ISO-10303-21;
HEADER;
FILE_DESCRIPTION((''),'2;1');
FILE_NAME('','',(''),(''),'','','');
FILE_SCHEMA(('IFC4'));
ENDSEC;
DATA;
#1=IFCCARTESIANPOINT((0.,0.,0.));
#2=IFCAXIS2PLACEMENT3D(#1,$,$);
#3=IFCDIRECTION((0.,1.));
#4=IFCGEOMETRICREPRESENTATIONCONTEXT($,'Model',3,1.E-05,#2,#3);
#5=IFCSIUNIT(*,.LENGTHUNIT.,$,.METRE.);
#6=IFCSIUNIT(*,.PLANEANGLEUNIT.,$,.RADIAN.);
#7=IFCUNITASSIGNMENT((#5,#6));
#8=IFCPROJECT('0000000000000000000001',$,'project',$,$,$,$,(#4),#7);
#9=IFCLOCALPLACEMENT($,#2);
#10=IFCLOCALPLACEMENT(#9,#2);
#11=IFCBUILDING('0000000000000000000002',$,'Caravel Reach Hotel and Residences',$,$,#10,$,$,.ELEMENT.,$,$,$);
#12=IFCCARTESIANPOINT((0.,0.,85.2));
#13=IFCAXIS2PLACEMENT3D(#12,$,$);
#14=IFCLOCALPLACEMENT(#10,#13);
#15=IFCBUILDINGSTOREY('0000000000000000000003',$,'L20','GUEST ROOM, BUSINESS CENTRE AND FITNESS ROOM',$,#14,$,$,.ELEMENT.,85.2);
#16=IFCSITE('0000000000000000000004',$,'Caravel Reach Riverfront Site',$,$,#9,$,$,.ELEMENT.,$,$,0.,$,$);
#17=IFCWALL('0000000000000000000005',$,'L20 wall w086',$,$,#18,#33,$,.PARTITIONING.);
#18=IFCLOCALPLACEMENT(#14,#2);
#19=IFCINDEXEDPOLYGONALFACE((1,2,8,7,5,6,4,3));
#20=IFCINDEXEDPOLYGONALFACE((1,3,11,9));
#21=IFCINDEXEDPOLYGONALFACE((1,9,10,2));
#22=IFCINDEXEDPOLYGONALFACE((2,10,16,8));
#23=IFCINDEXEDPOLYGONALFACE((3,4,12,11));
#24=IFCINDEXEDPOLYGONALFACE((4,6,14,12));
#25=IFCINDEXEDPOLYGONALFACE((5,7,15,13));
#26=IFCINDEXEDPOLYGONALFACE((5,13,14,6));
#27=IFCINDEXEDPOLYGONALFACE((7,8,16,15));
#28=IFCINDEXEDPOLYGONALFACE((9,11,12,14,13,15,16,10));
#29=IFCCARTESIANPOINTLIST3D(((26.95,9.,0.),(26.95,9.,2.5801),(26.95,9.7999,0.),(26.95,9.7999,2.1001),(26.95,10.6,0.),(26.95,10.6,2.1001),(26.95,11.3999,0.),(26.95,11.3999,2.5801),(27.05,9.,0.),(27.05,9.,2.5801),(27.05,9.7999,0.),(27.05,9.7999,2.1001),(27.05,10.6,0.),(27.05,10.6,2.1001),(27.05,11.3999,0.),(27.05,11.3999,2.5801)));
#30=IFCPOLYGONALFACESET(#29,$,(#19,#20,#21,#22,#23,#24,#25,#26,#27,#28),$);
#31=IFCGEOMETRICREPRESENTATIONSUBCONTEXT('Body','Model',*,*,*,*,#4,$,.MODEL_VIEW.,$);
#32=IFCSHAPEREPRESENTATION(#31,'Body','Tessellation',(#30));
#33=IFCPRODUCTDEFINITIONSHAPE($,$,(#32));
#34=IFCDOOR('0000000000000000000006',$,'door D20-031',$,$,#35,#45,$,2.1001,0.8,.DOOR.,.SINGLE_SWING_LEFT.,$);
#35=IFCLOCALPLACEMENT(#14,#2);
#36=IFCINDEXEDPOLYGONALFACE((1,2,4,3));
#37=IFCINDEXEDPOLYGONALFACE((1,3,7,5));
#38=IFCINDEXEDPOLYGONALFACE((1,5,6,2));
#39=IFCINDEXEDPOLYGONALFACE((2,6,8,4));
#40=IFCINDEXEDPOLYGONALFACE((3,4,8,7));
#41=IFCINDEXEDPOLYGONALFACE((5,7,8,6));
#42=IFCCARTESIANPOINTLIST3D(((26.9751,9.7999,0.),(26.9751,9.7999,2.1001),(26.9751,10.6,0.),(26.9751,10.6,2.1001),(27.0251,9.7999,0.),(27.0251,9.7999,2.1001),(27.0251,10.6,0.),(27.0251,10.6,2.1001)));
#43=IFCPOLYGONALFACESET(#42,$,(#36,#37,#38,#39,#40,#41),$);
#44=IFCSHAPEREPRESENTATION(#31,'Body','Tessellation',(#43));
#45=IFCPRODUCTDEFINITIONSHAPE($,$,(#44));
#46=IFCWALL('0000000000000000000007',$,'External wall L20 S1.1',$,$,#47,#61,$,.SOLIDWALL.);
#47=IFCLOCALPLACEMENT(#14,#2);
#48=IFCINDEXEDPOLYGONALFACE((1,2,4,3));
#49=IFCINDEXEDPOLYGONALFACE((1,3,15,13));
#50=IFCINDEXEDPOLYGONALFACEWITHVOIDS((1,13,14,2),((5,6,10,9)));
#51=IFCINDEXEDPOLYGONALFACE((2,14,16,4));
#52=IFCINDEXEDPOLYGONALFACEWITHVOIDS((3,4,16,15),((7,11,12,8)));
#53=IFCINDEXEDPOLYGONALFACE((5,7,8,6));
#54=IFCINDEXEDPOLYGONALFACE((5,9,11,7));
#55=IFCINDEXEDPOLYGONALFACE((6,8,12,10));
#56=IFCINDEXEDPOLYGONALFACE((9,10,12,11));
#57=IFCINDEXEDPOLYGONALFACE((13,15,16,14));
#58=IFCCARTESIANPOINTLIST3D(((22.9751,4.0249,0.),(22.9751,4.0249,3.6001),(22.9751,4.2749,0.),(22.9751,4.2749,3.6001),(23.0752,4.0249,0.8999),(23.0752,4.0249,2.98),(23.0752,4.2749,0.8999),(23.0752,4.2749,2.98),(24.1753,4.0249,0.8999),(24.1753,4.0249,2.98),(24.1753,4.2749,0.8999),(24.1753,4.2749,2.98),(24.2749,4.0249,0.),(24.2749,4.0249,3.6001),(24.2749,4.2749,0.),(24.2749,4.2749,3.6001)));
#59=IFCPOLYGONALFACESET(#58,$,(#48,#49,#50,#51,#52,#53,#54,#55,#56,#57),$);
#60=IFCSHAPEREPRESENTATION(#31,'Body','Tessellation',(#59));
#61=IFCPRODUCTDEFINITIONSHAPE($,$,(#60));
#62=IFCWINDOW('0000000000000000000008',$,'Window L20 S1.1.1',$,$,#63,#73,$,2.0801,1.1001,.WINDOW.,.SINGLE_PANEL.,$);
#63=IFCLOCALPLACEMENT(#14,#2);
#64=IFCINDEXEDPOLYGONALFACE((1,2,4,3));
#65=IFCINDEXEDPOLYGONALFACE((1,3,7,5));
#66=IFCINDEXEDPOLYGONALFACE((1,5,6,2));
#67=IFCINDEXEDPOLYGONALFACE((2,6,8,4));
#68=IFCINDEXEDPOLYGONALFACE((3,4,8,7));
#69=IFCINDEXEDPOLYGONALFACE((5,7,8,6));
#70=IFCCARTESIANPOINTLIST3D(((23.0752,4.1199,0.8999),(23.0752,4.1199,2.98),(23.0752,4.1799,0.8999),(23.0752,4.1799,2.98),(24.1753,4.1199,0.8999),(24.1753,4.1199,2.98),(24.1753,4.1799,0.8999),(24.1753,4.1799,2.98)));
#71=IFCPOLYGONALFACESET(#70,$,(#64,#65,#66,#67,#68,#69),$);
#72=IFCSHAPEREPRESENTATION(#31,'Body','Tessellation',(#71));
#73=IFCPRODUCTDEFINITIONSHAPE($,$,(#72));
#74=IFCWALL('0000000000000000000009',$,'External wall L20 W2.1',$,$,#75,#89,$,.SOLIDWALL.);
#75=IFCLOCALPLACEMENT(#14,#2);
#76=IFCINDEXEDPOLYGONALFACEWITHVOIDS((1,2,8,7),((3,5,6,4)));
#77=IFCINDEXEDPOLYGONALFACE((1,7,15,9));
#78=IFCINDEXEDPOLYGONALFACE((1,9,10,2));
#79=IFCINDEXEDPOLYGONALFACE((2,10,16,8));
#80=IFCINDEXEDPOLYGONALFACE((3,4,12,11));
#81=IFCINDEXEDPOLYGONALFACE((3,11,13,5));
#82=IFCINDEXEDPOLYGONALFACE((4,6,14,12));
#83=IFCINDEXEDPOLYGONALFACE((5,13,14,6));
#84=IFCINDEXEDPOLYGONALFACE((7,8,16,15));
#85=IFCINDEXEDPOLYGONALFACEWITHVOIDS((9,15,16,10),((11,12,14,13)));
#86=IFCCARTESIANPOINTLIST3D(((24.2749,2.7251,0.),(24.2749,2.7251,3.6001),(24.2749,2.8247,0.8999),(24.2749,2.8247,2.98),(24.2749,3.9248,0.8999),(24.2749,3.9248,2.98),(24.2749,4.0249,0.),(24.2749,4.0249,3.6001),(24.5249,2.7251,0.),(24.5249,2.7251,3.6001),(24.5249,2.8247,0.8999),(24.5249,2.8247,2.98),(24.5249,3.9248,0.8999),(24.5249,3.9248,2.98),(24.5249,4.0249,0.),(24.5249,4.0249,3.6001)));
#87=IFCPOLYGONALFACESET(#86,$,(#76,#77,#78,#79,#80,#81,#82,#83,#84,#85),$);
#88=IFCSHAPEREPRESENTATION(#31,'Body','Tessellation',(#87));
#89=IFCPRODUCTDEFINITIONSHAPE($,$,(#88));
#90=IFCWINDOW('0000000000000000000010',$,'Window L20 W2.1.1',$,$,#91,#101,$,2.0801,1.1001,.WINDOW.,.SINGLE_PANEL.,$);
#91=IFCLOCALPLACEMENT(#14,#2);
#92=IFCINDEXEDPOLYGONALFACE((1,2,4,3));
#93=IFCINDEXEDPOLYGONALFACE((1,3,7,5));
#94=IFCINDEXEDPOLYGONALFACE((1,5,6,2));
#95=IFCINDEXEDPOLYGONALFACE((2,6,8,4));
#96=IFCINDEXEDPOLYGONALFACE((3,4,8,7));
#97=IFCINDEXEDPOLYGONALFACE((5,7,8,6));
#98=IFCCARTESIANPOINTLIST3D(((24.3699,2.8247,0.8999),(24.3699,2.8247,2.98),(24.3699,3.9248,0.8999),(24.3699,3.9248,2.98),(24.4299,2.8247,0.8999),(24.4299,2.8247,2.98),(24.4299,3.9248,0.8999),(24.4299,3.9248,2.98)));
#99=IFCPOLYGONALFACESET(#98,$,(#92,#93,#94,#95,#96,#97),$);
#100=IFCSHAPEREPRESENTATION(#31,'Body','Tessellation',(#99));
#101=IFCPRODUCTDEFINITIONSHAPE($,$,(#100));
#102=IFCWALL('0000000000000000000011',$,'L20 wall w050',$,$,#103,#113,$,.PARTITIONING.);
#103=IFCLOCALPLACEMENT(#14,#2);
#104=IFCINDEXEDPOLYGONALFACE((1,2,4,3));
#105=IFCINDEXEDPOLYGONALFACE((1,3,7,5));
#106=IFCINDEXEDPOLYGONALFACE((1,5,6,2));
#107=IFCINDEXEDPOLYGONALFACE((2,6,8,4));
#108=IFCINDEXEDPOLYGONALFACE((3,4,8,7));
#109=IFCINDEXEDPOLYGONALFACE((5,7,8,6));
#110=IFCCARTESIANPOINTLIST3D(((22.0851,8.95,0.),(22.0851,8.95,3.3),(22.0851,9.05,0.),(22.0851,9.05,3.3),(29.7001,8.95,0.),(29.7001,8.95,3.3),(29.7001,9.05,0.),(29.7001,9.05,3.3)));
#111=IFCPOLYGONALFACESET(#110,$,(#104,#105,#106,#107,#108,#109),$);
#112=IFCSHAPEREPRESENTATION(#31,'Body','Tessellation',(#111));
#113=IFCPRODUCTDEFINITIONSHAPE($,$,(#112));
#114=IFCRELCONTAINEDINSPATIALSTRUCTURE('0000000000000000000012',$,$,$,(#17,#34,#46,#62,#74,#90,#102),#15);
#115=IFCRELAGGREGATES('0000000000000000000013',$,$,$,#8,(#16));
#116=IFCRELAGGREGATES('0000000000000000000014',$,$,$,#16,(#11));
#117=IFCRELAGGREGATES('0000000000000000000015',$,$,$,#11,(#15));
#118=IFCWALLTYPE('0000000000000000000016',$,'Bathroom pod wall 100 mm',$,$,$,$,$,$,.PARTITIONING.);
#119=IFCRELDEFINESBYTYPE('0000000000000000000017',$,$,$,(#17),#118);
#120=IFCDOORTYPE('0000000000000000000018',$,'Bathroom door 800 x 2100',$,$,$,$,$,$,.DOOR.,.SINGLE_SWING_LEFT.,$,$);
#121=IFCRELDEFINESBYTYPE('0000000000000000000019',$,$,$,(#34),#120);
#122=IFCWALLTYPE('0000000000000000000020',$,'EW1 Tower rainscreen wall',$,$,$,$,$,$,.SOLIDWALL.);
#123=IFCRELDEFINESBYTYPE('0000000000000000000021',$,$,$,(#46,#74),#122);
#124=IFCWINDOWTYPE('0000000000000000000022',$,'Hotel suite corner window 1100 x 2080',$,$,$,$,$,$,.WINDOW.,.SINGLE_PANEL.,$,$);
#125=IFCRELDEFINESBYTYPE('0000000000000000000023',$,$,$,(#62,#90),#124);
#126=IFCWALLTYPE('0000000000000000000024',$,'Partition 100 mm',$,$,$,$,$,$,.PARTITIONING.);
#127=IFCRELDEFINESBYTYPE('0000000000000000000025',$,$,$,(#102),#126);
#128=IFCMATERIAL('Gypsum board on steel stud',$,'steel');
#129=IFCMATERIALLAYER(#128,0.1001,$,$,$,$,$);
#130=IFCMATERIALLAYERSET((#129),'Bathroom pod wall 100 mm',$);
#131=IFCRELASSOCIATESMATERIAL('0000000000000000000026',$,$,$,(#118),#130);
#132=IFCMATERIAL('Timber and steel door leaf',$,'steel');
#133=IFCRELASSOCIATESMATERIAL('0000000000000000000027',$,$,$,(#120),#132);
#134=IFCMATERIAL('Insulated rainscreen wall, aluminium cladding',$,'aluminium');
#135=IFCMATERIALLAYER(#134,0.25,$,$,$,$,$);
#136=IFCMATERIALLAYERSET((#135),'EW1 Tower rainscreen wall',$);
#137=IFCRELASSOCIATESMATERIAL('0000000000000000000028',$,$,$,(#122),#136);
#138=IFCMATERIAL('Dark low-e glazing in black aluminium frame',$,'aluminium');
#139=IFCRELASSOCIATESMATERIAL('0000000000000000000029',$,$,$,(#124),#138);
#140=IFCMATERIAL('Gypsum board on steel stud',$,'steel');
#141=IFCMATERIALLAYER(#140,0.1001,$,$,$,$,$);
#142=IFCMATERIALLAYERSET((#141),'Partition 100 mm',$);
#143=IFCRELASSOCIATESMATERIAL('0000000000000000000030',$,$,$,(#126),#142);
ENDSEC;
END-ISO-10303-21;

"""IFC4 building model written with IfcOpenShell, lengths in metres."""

from ifc_helpers import new_model, si_unit, direction, frame, frame_2d, origin, place, context, subcontext, project, spatial, rectangle, extrude, material, layer, layer_set, type_object, element, fill, save


model = new_model("IFC4")

# Units and contexts
model_context = context("Model", 3, precision=1e-05, world=origin(), true_north=direction((0.0, 1.0)))
body_context = subcontext(model_context, "Body", "Model", "MODEL_VIEW")
ifc_project = project(units=[si_unit("LENGTHUNIT", "METRE"), si_unit("PLANEANGLEUNIT", "RADIAN")], contexts=[model_context])

# Site, building, storey
site_placement = place(None, origin())
site = spatial("IfcSite", under=ifc_project, at=site_placement, Name="Caravel Reach Riverfront Site", CompositionType="ELEMENT", RefElevation=0.0)
building_placement = place(site_placement, origin())
building = spatial("IfcBuilding", under=site, at=building_placement, Name="Caravel Reach Hotel and Residences", CompositionType="ELEMENT")
storey_placement = place(building_placement, frame((0.0, 0.0, 85.2)))
storey = spatial("IfcBuildingStorey", under=building, at=storey_placement, Name="L20", Description="GUEST ROOM, BUSINESS CENTRE AND FITNESS ROOM", CompositionType="ELEMENT", Elevation=85.2)

# Wall, opening, door
ifc_material_1 = material(Name="Gypsum board on steel stud", Category="steel")
ifc_layer_1 = layer(ifc_material_1, 0.1001)
ifc_layer_set_1 = layer_set([ifc_layer_1], Name="Bathroom pod wall 100 mm")
wall_type_1 = type_object("IfcWallType", Name="Bathroom pod wall 100 mm", PredefinedType="PARTITIONING", material=ifc_layer_set_1)
wall_1_placement = place(storey_placement, frame((27.0, 9.0, 0.0), z_axis=(0.0, 0.0, 1.0), x_axis=(0.0, 1.0, 0.0)))
wall_1 = element("IfcWall", 1, at=wall_1_placement, inside=storey, type_object=wall_type_1, Name="L20 wall w086", PredefinedType="PARTITIONING", context=body_context, shape_type="SweptSolid", body=[
    extrude(rectangle(XDim=2.3999, YDim=0.1001, at=frame_2d((1.2, 0.0))), origin(), (0.0, 0.0, 1.0), 2.5801),
])
opening_1_placement = place(wall_1_placement, frame((0.8, 0.0, 0.0)))
opening_1 = element("IfcOpeningElement", 2, at=opening_1_placement, cuts=wall_1, PredefinedType="OPENING", context=body_context, shape_type="SweptSolid", body=[
    extrude(rectangle(XDim=0.8, YDim=2.1001, at=frame_2d((0.3999, 1.05))), frame((0.0, 0.0601, 0.0), z_axis=(0.0, -1.0, 0.0), x_axis=(1.0, 0.0, 0.0)), (0.0, 0.0, 1.0), 0.1201),
])
ifc_material_2 = material(Name="Timber and steel door leaf", Category="steel")
door_type = type_object("IfcDoorType", Name="Bathroom door 800 x 2100", OperationType="SINGLE_SWING_LEFT", PredefinedType="DOOR", material=ifc_material_2)
door_placement = place(opening_1_placement, origin())
door = element("IfcDoor", 3, at=door_placement, inside=storey, type_object=door_type, Name="door D20-031", OperationType="SINGLE_SWING_LEFT", OverallHeight=2.1001, OverallWidth=0.8, PredefinedType="DOOR", context=body_context, shape_type="SweptSolid", body=[
    extrude(rectangle(XDim=0.8, YDim=2.1001, at=frame_2d((0.3999, 1.05))), frame((0.0, 0.0249, 0.0), z_axis=(0.0, -1.0, 0.0), x_axis=(1.0, 0.0, 0.0)), (0.0, 0.0, 1.0), 0.05),
])
fill(opening_1, door)

# Walls, openings, windows
ifc_material_3 = material(Name="Insulated rainscreen wall, aluminium cladding", Category="aluminium")
ifc_layer_2 = layer(ifc_material_3, 0.25)
ifc_layer_set_2 = layer_set([ifc_layer_2], Name="EW1 Tower rainscreen wall")
wall_type_2 = type_object("IfcWallType", Name="EW1 Tower rainscreen wall", PredefinedType="SOLIDWALL", material=ifc_layer_set_2)
wall_2_placement = place(storey_placement, frame((22.9751, 4.1499, 0.0), z_axis=(0.0, 0.0, 1.0), x_axis=(1.0, 0.0, 0.0)))
wall_2 = element("IfcWall", 4, at=wall_2_placement, inside=storey, type_object=wall_type_2, Name="External wall L20 S1.1", PredefinedType="SOLIDWALL", context=body_context, shape_type="SweptSolid", body=[
    extrude(rectangle(XDim=1.2998, YDim=0.25, at=frame_2d((0.6499, 0.0))), origin(), (0.0, 0.0, 1.0), 3.6001),
])
opening_2_placement = place(wall_2_placement, frame((0.1001, 0.0, 0.8999)))
opening_2 = element("IfcOpeningElement", 5, at=opening_2_placement, cuts=wall_2, PredefinedType="OPENING", context=body_context, shape_type="SweptSolid", body=[
    extrude(rectangle(XDim=1.1001, YDim=2.0801, at=frame_2d((0.55, 1.04))), frame((0.0, 0.135, 0.0), z_axis=(0.0, -1.0, 0.0), x_axis=(1.0, 0.0, 0.0)), (0.0, 0.0, 1.0), 0.27),
])
ifc_material_4 = material(Name="Dark low-e glazing in black aluminium frame", Category="aluminium")
window_type = type_object("IfcWindowType", Name="Hotel suite corner window 1100 x 2080", PartitioningType="SINGLE_PANEL", PredefinedType="WINDOW", material=ifc_material_4)
window_1_placement = place(opening_2_placement, origin())
window_1 = element("IfcWindow", 6, at=window_1_placement, inside=storey, type_object=window_type, Name="Window L20 S1.1.1", OverallHeight=2.0801, OverallWidth=1.1001, PartitioningType="SINGLE_PANEL", PredefinedType="WINDOW", context=body_context, shape_type="SweptSolid", body=[
    extrude(rectangle(XDim=1.1001, YDim=2.0801, at=frame_2d((0.55, 1.04))), frame((0.0, 0.03, 0.0), z_axis=(0.0, -1.0, 0.0), x_axis=(1.0, 0.0, 0.0)), (0.0, 0.0, 1.0), 0.0601),
])
fill(opening_2, window_1)
wall_3_placement = place(storey_placement, frame((24.3999, 4.0249, 0.0), z_axis=(0.0, 0.0, 1.0), x_axis=(0.0, -1.0, 0.0)))
wall_3 = element("IfcWall", 7, at=wall_3_placement, inside=storey, type_object=wall_type_2, Name="External wall L20 W2.1", PredefinedType="SOLIDWALL", context=body_context, shape_type="SweptSolid", body=[
    extrude(rectangle(XDim=1.2998, YDim=0.25, at=frame_2d((0.6499, 0.0))), origin(), (0.0, 0.0, 1.0), 3.6001),
])
opening_3_placement = place(wall_3_placement, frame((0.1001, 0.0, 0.8999)))
opening_3 = element("IfcOpeningElement", 8, at=opening_3_placement, cuts=wall_3, PredefinedType="OPENING", context=body_context, shape_type="SweptSolid", body=[
    extrude(rectangle(XDim=1.1001, YDim=2.0801, at=frame_2d((0.55, 1.04))), frame((0.0, 0.135, 0.0), z_axis=(0.0, -1.0, 0.0), x_axis=(1.0, 0.0, 0.0)), (0.0, 0.0, 1.0), 0.27),
])
window_2_placement = place(opening_3_placement, origin())
window_2 = element("IfcWindow", 9, at=window_2_placement, inside=storey, type_object=window_type, Name="Window L20 W2.1.1", OverallHeight=2.0801, OverallWidth=1.1001, PartitioningType="SINGLE_PANEL", PredefinedType="WINDOW", context=body_context, shape_type="SweptSolid", body=[
    extrude(rectangle(XDim=1.1001, YDim=2.0801, at=frame_2d((0.55, 1.04))), frame((0.0, 0.03, 0.0), z_axis=(0.0, -1.0, 0.0), x_axis=(1.0, 0.0, 0.0)), (0.0, 0.0, 1.0), 0.0601),
])
fill(opening_3, window_2)

# Wall
ifc_material_5 = material(Name="Gypsum board on steel stud", Category="steel")
ifc_layer_3 = layer(ifc_material_5, 0.1001)
ifc_layer_set_3 = layer_set([ifc_layer_3], Name="Partition 100 mm")
wall_type_3 = type_object("IfcWallType", Name="Partition 100 mm", PredefinedType="PARTITIONING", material=ifc_layer_set_3)
wall_4_placement = place(storey_placement, frame((22.085, 9.0, 0.0), z_axis=(0.0, 0.0, 1.0), x_axis=(1.0, 0.0, 0.0)))
element("IfcWall", 10, at=wall_4_placement, inside=storey, type_object=wall_type_3, Name="L20 wall w050", PredefinedType="PARTITIONING", context=body_context, shape_type="SweptSolid", body=[
    extrude(rectangle(XDim=7.615, YDim=0.1001, at=frame_2d((3.8076, 0.0))), origin(), (0.0, 0.0, 1.0), 3.3),
])

save(model, "model.ifc")
